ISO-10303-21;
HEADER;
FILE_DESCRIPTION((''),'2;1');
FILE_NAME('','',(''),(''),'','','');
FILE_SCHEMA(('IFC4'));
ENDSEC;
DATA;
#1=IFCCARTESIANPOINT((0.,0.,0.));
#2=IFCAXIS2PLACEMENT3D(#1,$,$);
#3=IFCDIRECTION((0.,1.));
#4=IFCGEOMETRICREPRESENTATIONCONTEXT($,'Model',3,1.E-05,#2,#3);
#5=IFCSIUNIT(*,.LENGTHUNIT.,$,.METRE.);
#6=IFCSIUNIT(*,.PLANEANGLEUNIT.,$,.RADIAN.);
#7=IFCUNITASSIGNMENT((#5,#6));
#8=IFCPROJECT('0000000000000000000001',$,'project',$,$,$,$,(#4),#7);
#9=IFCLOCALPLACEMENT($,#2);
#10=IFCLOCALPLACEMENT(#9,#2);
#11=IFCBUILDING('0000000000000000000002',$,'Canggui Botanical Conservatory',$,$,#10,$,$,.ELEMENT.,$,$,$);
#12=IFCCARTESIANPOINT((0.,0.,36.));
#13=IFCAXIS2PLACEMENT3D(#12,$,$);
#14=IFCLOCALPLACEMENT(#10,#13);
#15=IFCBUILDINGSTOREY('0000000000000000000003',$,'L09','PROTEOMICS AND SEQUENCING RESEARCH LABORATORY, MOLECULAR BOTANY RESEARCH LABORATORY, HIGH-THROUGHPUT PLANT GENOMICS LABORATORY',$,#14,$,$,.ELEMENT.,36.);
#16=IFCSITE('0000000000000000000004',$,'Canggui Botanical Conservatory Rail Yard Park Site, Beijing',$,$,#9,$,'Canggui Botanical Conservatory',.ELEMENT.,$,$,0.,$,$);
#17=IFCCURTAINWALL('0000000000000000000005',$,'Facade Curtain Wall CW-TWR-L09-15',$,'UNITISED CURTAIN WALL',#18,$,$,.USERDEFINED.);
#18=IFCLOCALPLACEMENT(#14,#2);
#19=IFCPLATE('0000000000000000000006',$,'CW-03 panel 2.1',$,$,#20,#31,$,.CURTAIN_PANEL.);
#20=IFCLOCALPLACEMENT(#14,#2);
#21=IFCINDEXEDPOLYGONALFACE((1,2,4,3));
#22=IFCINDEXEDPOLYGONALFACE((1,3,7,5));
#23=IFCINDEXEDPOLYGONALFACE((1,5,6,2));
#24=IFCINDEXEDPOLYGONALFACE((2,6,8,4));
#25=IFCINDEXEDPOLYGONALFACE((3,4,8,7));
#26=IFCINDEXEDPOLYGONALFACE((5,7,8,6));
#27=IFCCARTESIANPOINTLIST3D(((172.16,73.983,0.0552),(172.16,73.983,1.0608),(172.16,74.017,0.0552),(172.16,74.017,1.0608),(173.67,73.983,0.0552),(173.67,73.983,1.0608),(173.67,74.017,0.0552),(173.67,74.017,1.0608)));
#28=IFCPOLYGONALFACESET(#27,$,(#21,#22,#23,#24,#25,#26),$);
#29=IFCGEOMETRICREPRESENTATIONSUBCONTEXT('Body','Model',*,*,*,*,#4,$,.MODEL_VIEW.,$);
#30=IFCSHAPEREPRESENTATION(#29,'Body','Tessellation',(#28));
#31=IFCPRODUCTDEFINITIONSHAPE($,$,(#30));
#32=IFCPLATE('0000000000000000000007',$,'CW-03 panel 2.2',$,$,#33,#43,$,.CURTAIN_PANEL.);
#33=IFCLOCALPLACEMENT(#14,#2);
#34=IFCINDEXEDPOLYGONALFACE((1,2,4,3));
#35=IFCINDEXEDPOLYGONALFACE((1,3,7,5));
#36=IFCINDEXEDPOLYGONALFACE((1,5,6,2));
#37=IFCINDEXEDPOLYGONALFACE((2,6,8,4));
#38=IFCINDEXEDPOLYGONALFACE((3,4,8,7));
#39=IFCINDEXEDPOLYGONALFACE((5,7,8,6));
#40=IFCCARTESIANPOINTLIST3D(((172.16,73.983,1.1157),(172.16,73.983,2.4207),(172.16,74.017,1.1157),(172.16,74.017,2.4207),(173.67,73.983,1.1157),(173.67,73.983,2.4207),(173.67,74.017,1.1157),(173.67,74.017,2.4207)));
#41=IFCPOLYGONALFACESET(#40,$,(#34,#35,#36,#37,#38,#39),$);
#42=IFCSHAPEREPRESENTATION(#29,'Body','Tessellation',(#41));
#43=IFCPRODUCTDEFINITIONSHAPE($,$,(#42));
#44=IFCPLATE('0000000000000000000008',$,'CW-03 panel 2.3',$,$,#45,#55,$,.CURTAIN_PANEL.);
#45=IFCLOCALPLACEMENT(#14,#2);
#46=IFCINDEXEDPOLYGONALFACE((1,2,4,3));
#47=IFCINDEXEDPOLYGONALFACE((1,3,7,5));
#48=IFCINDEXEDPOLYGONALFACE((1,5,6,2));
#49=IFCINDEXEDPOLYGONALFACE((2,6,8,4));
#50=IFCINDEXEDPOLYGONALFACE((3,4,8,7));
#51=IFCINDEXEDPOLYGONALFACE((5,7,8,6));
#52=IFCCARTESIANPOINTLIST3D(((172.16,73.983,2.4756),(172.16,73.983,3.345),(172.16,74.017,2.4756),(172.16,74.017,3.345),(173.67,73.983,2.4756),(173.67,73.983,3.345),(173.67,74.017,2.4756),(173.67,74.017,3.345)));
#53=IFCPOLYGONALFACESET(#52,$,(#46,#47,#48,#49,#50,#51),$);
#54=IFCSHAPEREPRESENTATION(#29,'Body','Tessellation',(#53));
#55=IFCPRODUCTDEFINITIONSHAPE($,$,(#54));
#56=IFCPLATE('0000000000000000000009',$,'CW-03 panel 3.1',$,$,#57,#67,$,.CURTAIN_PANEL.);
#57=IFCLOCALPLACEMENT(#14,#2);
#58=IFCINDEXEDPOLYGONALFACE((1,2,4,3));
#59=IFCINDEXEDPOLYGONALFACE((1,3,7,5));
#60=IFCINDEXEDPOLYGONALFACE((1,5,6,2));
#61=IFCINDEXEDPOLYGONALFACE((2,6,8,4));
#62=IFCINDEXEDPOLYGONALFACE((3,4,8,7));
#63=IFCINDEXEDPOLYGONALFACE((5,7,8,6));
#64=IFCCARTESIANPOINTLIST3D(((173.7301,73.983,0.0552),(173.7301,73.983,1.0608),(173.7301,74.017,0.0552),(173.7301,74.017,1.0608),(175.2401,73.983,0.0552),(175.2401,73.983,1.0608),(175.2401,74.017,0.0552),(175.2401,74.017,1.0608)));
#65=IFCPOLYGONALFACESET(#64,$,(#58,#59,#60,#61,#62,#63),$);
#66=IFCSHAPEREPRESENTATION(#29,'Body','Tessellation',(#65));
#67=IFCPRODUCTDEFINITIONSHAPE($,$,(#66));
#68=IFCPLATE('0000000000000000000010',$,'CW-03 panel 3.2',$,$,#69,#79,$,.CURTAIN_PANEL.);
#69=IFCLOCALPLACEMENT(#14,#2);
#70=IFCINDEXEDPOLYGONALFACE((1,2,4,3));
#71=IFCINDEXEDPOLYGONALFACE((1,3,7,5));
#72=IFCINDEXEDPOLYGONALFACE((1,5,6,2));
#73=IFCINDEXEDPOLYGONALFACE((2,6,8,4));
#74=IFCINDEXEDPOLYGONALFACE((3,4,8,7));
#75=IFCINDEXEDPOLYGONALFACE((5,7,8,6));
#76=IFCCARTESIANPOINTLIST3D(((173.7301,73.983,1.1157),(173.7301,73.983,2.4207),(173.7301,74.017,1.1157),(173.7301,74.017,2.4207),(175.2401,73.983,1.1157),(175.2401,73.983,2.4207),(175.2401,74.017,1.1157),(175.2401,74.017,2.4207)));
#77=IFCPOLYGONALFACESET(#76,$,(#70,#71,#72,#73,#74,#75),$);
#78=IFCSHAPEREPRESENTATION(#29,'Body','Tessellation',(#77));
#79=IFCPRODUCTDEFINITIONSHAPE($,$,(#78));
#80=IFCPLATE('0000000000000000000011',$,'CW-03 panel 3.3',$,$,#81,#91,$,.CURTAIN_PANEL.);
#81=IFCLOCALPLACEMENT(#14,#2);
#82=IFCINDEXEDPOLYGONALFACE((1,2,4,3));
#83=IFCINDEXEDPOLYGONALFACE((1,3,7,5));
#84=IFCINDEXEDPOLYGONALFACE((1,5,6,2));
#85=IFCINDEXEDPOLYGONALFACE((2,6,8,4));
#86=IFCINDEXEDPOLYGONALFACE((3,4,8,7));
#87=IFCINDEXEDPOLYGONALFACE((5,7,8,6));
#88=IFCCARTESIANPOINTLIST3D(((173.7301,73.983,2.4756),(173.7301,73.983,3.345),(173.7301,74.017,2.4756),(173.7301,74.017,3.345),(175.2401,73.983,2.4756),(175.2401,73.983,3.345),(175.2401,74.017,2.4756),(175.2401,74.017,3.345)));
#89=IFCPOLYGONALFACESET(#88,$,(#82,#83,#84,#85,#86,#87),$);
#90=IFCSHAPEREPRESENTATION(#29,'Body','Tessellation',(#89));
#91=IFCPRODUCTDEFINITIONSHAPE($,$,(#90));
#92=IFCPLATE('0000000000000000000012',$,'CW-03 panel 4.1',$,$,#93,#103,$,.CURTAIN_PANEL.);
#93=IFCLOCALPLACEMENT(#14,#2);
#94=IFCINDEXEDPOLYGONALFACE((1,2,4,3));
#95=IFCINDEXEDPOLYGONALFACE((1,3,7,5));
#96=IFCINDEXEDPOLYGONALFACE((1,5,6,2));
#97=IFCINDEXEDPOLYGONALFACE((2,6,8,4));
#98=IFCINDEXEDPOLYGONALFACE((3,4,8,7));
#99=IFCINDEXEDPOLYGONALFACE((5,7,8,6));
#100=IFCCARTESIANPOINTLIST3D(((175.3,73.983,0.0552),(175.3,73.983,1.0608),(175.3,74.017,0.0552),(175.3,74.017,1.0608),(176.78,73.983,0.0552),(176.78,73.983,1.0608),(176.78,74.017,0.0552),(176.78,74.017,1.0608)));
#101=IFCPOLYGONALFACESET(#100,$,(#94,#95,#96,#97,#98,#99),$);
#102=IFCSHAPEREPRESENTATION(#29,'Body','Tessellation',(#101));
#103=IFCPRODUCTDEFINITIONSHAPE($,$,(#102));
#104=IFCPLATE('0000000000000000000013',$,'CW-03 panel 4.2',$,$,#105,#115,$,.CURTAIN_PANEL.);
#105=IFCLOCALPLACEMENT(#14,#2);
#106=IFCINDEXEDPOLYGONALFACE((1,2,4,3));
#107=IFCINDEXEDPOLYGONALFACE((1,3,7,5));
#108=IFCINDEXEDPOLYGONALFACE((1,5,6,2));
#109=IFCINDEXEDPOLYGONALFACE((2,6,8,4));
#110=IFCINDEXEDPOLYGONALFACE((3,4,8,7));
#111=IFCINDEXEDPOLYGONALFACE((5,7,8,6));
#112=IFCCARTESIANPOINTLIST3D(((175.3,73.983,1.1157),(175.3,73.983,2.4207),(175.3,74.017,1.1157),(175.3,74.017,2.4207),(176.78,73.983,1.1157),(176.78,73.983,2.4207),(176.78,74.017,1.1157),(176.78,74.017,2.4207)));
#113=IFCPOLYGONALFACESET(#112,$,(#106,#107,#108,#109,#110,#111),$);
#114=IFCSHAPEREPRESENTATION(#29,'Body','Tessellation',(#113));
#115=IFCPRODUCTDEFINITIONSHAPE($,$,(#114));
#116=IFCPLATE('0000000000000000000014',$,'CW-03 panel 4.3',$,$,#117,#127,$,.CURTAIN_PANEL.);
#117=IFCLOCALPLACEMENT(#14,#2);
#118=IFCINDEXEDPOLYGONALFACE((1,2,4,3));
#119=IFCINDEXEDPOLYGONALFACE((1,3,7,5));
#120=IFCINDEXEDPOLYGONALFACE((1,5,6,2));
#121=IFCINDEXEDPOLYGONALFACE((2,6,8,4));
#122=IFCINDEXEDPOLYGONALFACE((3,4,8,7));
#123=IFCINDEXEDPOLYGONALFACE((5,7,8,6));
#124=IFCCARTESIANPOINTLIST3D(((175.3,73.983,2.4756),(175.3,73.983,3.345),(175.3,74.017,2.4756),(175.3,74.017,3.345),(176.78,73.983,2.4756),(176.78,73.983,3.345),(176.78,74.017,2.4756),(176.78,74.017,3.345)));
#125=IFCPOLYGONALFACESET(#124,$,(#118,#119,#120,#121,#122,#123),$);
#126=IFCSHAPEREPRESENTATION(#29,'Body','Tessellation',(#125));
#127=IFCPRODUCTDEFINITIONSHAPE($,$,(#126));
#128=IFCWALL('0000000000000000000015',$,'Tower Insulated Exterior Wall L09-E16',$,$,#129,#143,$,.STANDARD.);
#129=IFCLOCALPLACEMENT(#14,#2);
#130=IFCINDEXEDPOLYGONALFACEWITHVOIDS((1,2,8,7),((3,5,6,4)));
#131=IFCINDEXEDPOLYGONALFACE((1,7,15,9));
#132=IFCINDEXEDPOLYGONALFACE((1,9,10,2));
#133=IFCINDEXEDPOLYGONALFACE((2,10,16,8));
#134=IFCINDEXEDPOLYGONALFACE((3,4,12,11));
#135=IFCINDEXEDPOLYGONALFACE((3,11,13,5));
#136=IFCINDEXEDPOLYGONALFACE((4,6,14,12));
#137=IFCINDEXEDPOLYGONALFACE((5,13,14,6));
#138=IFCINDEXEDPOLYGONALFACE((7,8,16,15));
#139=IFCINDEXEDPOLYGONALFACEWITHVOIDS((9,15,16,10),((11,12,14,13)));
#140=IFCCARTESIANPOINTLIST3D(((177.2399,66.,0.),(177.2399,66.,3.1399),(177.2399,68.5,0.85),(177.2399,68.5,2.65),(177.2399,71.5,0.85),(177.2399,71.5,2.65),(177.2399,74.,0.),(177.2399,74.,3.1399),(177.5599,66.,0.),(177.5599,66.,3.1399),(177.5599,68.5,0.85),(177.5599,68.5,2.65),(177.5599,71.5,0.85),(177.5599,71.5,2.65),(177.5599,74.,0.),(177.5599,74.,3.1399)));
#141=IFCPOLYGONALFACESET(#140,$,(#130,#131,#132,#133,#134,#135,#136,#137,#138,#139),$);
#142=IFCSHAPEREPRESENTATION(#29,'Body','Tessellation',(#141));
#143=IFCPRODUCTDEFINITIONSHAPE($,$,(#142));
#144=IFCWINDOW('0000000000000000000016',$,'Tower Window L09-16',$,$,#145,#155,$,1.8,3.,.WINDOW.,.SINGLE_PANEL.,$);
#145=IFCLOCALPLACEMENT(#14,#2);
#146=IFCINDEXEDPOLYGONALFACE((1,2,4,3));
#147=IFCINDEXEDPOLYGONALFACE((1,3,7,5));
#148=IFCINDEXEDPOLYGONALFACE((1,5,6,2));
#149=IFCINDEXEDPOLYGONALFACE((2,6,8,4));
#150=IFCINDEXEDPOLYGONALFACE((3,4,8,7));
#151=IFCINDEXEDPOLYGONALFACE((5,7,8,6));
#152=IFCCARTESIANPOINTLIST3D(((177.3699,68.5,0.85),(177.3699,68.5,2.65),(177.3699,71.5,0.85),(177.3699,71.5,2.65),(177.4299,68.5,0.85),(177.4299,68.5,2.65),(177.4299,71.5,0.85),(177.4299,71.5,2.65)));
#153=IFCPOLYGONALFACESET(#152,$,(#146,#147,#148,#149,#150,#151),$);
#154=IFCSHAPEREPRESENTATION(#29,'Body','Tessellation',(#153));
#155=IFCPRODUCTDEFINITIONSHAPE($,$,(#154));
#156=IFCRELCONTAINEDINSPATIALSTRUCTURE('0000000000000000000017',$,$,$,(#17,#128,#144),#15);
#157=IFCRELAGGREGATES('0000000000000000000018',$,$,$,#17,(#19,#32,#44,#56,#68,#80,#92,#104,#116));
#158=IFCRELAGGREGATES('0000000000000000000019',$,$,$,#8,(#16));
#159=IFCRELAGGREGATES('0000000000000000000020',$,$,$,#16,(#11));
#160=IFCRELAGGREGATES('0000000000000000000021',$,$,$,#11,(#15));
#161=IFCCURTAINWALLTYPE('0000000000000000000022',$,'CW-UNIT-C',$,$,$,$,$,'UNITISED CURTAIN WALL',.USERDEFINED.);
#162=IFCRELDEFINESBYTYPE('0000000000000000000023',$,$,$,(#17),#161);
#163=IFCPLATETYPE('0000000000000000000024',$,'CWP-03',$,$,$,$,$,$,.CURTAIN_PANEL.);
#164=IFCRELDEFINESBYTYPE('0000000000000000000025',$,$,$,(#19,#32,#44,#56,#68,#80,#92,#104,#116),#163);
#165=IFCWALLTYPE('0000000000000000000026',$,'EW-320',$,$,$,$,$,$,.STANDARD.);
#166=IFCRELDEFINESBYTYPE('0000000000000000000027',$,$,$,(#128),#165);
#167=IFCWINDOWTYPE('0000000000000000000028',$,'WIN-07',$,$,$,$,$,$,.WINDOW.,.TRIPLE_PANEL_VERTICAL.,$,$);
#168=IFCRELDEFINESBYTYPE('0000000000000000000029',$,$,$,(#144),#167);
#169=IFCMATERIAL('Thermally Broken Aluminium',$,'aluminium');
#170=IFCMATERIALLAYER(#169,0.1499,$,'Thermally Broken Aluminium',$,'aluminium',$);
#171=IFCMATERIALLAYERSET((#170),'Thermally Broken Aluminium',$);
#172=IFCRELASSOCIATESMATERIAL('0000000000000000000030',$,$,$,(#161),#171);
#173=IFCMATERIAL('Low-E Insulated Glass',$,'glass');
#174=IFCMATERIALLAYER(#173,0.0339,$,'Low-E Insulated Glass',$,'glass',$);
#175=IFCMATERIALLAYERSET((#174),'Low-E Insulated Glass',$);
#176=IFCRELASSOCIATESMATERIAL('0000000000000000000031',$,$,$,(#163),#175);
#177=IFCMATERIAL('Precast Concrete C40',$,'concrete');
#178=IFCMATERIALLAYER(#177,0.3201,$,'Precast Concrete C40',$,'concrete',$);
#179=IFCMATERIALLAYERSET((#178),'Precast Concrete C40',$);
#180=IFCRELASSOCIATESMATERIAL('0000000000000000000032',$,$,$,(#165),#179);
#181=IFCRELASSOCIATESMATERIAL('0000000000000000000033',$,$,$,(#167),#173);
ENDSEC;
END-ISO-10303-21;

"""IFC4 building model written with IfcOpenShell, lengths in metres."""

from ifc_helpers import new_model, si_unit, direction, frame, frame_2d, origin, origin_2d, place, context, subcontext, project, spatial, rectangle, extrude, material, layer, layer_set, type_object, element, fill, aggregate, save


model = new_model("IFC4")

# Units and contexts
model_context = context("Model", 3, precision=1e-05, world=origin(), true_north=direction((0.0, 1.0)))
body_context = subcontext(model_context, "Body", "Model", "MODEL_VIEW")
ifc_project = project(units=[si_unit("LENGTHUNIT", "METRE"), si_unit("PLANEANGLEUNIT", "RADIAN")], contexts=[model_context])

# Site, building, storey
site_placement = place(None, origin())
site = spatial("IfcSite", under=ifc_project, at=site_placement, Name="Canggui Botanical Conservatory Rail Yard Park Site, Beijing", LongName="Canggui Botanical Conservatory", CompositionType="ELEMENT", RefElevation=0.0)
building_placement = place(site_placement, origin())
building = spatial("IfcBuilding", under=site, at=building_placement, Name="Canggui Botanical Conservatory", CompositionType="ELEMENT")
storey_placement = place(building_placement, frame((0.0, 0.0, 36.0)))
storey = spatial("IfcBuildingStorey", under=building, at=storey_placement, Name="L09", Description="PROTEOMICS AND SEQUENCING RESEARCH LABORATORY, MOLECULAR BOTANY RESEARCH LABORATORY, HIGH-THROUGHPUT PLANT GENOMICS LABORATORY", CompositionType="ELEMENT", Elevation=36.0)

# Curtain wall
ifc_material_1 = material(Name="Thermally Broken Aluminium", Category="aluminium")
ifc_layer_1 = layer(ifc_material_1, 0.1499, Name="Thermally Broken Aluminium", Category="aluminium")
ifc_layer_set_1 = layer_set([ifc_layer_1], Name="Thermally Broken Aluminium")
curtain_wall_type = type_object("IfcCurtainWallType", Name="CW-UNIT-C", ElementType="UNITISED CURTAIN WALL", PredefinedType="USERDEFINED", material=ifc_layer_set_1)
curtain_wall_1_placement = place(storey_placement, origin())
curtain_wall_1 = element("IfcCurtainWall", 1, at=curtain_wall_1_placement, inside=storey, type_object=curtain_wall_type, Name="Facade Curtain Wall CW-TWR-L09-15", ObjectType="UNITISED CURTAIN WALL", PredefinedType="USERDEFINED")

# Plates
ifc_material_2 = material(Name="Low-E Insulated Glass", Category="glass")
ifc_layer_2 = layer(ifc_material_2, 0.0339, Name="Low-E Insulated Glass", Category="glass")
ifc_layer_set_2 = layer_set([ifc_layer_2], Name="Low-E Insulated Glass")
plate_type = type_object("IfcPlateType", Name="CWP-03", PredefinedType="CURTAIN_PANEL", material=ifc_layer_set_2)
plate_1_placement = place(storey_placement, frame((172.915, 74.0, 0.0552), z_axis=(0.0, 0.0, 1.0), x_axis=(1.0, 0.0, 0.0)))
plate_1 = element("IfcPlate", 2, at=plate_1_placement, type_object=plate_type, Name="CW-03 panel 2.1", PredefinedType="CURTAIN_PANEL", context=body_context, shape_type="SweptSolid", body=[
    extrude(rectangle(XDim=1.51, YDim=0.0339, at=origin_2d()), origin(), (0.0, 0.0, 1.0), 1.0056),
])
plate_2_placement = place(storey_placement, frame((172.915, 74.0, 1.1157), z_axis=(0.0, 0.0, 1.0), x_axis=(1.0, 0.0, 0.0)))
plate_2 = element("IfcPlate", 3, at=plate_2_placement, type_object=plate_type, Name="CW-03 panel 2.2", PredefinedType="CURTAIN_PANEL", context=body_context, shape_type="SweptSolid", body=[
    extrude(rectangle(XDim=1.51, YDim=0.0339, at=origin_2d()), origin(), (0.0, 0.0, 1.0), 1.3049),
])
plate_3_placement = place(storey_placement, frame((172.915, 74.0, 2.4756), z_axis=(0.0, 0.0, 1.0), x_axis=(1.0, 0.0, 0.0)))
plate_3 = element("IfcPlate", 4, at=plate_3_placement, type_object=plate_type, Name="CW-03 panel 2.3", PredefinedType="CURTAIN_PANEL", context=body_context, shape_type="SweptSolid", body=[
    extrude(rectangle(XDim=1.51, YDim=0.0339, at=origin_2d()), origin(), (0.0, 0.0, 1.0), 0.8694),
])
plate_4_placement = place(storey_placement, frame((174.4851, 74.0, 0.0552), z_axis=(0.0, 0.0, 1.0), x_axis=(1.0, 0.0, 0.0)))
plate_4 = element("IfcPlate", 5, at=plate_4_placement, type_object=plate_type, Name="CW-03 panel 3.1", PredefinedType="CURTAIN_PANEL", context=body_context, shape_type="SweptSolid", body=[
    extrude(rectangle(XDim=1.51, YDim=0.0339, at=origin_2d()), origin(), (0.0, 0.0, 1.0), 1.0056),
])
plate_5_placement = place(storey_placement, frame((174.4851, 74.0, 1.1157), z_axis=(0.0, 0.0, 1.0), x_axis=(1.0, 0.0, 0.0)))
plate_5 = element("IfcPlate", 6, at=plate_5_placement, type_object=plate_type, Name="CW-03 panel 3.2", PredefinedType="CURTAIN_PANEL", context=body_context, shape_type="SweptSolid", body=[
    extrude(rectangle(XDim=1.51, YDim=0.0339, at=origin_2d()), origin(), (0.0, 0.0, 1.0), 1.3049),
])
plate_6_placement = place(storey_placement, frame((174.4851, 74.0, 2.4756), z_axis=(0.0, 0.0, 1.0), x_axis=(1.0, 0.0, 0.0)))
plate_6 = element("IfcPlate", 7, at=plate_6_placement, type_object=plate_type, Name="CW-03 panel 3.3", PredefinedType="CURTAIN_PANEL", context=body_context, shape_type="SweptSolid", body=[
    extrude(rectangle(XDim=1.51, YDim=0.0339, at=origin_2d()), origin(), (0.0, 0.0, 1.0), 0.8694),
])
plate_7_placement = place(storey_placement, frame((176.04, 74.0, 0.0552), z_axis=(0.0, 0.0, 1.0), x_axis=(1.0, 0.0, 0.0)))
plate_7 = element("IfcPlate", 8, at=plate_7_placement, type_object=plate_type, Name="CW-03 panel 4.1", PredefinedType="CURTAIN_PANEL", context=body_context, shape_type="SweptSolid", body=[
    extrude(rectangle(XDim=1.48, YDim=0.0339, at=origin_2d()), origin(), (0.0, 0.0, 1.0), 1.0056),
])
plate_8_placement = place(storey_placement, frame((176.04, 74.0, 1.1157), z_axis=(0.0, 0.0, 1.0), x_axis=(1.0, 0.0, 0.0)))
plate_8 = element("IfcPlate", 9, at=plate_8_placement, type_object=plate_type, Name="CW-03 panel 4.2", PredefinedType="CURTAIN_PANEL", context=body_context, shape_type="SweptSolid", body=[
    extrude(rectangle(XDim=1.48, YDim=0.0339, at=origin_2d()), origin(), (0.0, 0.0, 1.0), 1.3049),
])
plate_9_placement = place(storey_placement, frame((176.04, 74.0, 2.4756), z_axis=(0.0, 0.0, 1.0), x_axis=(1.0, 0.0, 0.0)))
plate_9 = element("IfcPlate", 10, at=plate_9_placement, type_object=plate_type, Name="CW-03 panel 4.3", PredefinedType="CURTAIN_PANEL", context=body_context, shape_type="SweptSolid", body=[
    extrude(rectangle(XDim=1.48, YDim=0.0339, at=origin_2d()), origin(), (0.0, 0.0, 1.0), 0.8694),
])
aggregate(curtain_wall_1, [plate_1, plate_2, plate_3, plate_4, plate_5, plate_6, plate_7, plate_8, plate_9])

# Wall, opening, window
ifc_material_3 = material(Name="Precast Concrete C40", Category="concrete")
ifc_layer_3 = layer(ifc_material_3, 0.3201, Name="Precast Concrete C40", Category="concrete")
ifc_layer_set_3 = layer_set([ifc_layer_3], Name="Precast Concrete C40")
wall_type = type_object("IfcWallType", Name="EW-320", PredefinedType="STANDARD", material=ifc_layer_set_3)
wall_placement = place(storey_placement, frame((177.3999, 74.0, 0.0), z_axis=(0.0, 0.0, 1.0), x_axis=(0.0, -1.0, 0.0)))
wall = element("IfcWall", 11, at=wall_placement, inside=storey, type_object=wall_type, Name="Tower Insulated Exterior Wall L09-E16", PredefinedType="STANDARD", context=body_context, shape_type="SweptSolid", body=[
    extrude(rectangle(XDim=8.0, YDim=0.3201, at=frame_2d((4.0, 0.0))), origin(), (0.0, 0.0, 1.0), 3.1399),
])
opening_placement = place(wall_placement, frame((2.5, 0.0, 0.8501)))
opening = element("IfcOpeningElement", 12, at=opening_placement, cuts=wall, PredefinedType="OPENING", context=body_context, shape_type="SweptSolid", body=[
    extrude(rectangle(XDim=3.0, YDim=1.8, at=frame_2d((1.5, 0.8999))), frame((0.0, 0.1699, 0.0), z_axis=(0.0, -1.0, 0.0), x_axis=(1.0, 0.0, 0.0)), (0.0, 0.0, 1.0), 0.3401),
])
window_type = type_object("IfcWindowType", Name="WIN-07", PartitioningType="TRIPLE_PANEL_VERTICAL", PredefinedType="WINDOW", material=ifc_material_2)
window_placement = place(opening_placement, origin())
window = element("IfcWindow", 13, at=window_placement, inside=storey, type_object=window_type, Name="Tower Window L09-16", OverallHeight=1.8, OverallWidth=3.0, PartitioningType="SINGLE_PANEL", PredefinedType="WINDOW", context=body_context, shape_type="SweptSolid", body=[
    extrude(rectangle(XDim=3.0, YDim=1.8, at=frame_2d((1.5, 0.8999))), frame((0.0, 0.03, 0.0), z_axis=(0.0, -1.0, 0.0), x_axis=(1.0, 0.0, 0.0)), (0.0, 0.0, 1.0), 0.0601),
])
fill(opening, window)

save(model, "model.ifc")
